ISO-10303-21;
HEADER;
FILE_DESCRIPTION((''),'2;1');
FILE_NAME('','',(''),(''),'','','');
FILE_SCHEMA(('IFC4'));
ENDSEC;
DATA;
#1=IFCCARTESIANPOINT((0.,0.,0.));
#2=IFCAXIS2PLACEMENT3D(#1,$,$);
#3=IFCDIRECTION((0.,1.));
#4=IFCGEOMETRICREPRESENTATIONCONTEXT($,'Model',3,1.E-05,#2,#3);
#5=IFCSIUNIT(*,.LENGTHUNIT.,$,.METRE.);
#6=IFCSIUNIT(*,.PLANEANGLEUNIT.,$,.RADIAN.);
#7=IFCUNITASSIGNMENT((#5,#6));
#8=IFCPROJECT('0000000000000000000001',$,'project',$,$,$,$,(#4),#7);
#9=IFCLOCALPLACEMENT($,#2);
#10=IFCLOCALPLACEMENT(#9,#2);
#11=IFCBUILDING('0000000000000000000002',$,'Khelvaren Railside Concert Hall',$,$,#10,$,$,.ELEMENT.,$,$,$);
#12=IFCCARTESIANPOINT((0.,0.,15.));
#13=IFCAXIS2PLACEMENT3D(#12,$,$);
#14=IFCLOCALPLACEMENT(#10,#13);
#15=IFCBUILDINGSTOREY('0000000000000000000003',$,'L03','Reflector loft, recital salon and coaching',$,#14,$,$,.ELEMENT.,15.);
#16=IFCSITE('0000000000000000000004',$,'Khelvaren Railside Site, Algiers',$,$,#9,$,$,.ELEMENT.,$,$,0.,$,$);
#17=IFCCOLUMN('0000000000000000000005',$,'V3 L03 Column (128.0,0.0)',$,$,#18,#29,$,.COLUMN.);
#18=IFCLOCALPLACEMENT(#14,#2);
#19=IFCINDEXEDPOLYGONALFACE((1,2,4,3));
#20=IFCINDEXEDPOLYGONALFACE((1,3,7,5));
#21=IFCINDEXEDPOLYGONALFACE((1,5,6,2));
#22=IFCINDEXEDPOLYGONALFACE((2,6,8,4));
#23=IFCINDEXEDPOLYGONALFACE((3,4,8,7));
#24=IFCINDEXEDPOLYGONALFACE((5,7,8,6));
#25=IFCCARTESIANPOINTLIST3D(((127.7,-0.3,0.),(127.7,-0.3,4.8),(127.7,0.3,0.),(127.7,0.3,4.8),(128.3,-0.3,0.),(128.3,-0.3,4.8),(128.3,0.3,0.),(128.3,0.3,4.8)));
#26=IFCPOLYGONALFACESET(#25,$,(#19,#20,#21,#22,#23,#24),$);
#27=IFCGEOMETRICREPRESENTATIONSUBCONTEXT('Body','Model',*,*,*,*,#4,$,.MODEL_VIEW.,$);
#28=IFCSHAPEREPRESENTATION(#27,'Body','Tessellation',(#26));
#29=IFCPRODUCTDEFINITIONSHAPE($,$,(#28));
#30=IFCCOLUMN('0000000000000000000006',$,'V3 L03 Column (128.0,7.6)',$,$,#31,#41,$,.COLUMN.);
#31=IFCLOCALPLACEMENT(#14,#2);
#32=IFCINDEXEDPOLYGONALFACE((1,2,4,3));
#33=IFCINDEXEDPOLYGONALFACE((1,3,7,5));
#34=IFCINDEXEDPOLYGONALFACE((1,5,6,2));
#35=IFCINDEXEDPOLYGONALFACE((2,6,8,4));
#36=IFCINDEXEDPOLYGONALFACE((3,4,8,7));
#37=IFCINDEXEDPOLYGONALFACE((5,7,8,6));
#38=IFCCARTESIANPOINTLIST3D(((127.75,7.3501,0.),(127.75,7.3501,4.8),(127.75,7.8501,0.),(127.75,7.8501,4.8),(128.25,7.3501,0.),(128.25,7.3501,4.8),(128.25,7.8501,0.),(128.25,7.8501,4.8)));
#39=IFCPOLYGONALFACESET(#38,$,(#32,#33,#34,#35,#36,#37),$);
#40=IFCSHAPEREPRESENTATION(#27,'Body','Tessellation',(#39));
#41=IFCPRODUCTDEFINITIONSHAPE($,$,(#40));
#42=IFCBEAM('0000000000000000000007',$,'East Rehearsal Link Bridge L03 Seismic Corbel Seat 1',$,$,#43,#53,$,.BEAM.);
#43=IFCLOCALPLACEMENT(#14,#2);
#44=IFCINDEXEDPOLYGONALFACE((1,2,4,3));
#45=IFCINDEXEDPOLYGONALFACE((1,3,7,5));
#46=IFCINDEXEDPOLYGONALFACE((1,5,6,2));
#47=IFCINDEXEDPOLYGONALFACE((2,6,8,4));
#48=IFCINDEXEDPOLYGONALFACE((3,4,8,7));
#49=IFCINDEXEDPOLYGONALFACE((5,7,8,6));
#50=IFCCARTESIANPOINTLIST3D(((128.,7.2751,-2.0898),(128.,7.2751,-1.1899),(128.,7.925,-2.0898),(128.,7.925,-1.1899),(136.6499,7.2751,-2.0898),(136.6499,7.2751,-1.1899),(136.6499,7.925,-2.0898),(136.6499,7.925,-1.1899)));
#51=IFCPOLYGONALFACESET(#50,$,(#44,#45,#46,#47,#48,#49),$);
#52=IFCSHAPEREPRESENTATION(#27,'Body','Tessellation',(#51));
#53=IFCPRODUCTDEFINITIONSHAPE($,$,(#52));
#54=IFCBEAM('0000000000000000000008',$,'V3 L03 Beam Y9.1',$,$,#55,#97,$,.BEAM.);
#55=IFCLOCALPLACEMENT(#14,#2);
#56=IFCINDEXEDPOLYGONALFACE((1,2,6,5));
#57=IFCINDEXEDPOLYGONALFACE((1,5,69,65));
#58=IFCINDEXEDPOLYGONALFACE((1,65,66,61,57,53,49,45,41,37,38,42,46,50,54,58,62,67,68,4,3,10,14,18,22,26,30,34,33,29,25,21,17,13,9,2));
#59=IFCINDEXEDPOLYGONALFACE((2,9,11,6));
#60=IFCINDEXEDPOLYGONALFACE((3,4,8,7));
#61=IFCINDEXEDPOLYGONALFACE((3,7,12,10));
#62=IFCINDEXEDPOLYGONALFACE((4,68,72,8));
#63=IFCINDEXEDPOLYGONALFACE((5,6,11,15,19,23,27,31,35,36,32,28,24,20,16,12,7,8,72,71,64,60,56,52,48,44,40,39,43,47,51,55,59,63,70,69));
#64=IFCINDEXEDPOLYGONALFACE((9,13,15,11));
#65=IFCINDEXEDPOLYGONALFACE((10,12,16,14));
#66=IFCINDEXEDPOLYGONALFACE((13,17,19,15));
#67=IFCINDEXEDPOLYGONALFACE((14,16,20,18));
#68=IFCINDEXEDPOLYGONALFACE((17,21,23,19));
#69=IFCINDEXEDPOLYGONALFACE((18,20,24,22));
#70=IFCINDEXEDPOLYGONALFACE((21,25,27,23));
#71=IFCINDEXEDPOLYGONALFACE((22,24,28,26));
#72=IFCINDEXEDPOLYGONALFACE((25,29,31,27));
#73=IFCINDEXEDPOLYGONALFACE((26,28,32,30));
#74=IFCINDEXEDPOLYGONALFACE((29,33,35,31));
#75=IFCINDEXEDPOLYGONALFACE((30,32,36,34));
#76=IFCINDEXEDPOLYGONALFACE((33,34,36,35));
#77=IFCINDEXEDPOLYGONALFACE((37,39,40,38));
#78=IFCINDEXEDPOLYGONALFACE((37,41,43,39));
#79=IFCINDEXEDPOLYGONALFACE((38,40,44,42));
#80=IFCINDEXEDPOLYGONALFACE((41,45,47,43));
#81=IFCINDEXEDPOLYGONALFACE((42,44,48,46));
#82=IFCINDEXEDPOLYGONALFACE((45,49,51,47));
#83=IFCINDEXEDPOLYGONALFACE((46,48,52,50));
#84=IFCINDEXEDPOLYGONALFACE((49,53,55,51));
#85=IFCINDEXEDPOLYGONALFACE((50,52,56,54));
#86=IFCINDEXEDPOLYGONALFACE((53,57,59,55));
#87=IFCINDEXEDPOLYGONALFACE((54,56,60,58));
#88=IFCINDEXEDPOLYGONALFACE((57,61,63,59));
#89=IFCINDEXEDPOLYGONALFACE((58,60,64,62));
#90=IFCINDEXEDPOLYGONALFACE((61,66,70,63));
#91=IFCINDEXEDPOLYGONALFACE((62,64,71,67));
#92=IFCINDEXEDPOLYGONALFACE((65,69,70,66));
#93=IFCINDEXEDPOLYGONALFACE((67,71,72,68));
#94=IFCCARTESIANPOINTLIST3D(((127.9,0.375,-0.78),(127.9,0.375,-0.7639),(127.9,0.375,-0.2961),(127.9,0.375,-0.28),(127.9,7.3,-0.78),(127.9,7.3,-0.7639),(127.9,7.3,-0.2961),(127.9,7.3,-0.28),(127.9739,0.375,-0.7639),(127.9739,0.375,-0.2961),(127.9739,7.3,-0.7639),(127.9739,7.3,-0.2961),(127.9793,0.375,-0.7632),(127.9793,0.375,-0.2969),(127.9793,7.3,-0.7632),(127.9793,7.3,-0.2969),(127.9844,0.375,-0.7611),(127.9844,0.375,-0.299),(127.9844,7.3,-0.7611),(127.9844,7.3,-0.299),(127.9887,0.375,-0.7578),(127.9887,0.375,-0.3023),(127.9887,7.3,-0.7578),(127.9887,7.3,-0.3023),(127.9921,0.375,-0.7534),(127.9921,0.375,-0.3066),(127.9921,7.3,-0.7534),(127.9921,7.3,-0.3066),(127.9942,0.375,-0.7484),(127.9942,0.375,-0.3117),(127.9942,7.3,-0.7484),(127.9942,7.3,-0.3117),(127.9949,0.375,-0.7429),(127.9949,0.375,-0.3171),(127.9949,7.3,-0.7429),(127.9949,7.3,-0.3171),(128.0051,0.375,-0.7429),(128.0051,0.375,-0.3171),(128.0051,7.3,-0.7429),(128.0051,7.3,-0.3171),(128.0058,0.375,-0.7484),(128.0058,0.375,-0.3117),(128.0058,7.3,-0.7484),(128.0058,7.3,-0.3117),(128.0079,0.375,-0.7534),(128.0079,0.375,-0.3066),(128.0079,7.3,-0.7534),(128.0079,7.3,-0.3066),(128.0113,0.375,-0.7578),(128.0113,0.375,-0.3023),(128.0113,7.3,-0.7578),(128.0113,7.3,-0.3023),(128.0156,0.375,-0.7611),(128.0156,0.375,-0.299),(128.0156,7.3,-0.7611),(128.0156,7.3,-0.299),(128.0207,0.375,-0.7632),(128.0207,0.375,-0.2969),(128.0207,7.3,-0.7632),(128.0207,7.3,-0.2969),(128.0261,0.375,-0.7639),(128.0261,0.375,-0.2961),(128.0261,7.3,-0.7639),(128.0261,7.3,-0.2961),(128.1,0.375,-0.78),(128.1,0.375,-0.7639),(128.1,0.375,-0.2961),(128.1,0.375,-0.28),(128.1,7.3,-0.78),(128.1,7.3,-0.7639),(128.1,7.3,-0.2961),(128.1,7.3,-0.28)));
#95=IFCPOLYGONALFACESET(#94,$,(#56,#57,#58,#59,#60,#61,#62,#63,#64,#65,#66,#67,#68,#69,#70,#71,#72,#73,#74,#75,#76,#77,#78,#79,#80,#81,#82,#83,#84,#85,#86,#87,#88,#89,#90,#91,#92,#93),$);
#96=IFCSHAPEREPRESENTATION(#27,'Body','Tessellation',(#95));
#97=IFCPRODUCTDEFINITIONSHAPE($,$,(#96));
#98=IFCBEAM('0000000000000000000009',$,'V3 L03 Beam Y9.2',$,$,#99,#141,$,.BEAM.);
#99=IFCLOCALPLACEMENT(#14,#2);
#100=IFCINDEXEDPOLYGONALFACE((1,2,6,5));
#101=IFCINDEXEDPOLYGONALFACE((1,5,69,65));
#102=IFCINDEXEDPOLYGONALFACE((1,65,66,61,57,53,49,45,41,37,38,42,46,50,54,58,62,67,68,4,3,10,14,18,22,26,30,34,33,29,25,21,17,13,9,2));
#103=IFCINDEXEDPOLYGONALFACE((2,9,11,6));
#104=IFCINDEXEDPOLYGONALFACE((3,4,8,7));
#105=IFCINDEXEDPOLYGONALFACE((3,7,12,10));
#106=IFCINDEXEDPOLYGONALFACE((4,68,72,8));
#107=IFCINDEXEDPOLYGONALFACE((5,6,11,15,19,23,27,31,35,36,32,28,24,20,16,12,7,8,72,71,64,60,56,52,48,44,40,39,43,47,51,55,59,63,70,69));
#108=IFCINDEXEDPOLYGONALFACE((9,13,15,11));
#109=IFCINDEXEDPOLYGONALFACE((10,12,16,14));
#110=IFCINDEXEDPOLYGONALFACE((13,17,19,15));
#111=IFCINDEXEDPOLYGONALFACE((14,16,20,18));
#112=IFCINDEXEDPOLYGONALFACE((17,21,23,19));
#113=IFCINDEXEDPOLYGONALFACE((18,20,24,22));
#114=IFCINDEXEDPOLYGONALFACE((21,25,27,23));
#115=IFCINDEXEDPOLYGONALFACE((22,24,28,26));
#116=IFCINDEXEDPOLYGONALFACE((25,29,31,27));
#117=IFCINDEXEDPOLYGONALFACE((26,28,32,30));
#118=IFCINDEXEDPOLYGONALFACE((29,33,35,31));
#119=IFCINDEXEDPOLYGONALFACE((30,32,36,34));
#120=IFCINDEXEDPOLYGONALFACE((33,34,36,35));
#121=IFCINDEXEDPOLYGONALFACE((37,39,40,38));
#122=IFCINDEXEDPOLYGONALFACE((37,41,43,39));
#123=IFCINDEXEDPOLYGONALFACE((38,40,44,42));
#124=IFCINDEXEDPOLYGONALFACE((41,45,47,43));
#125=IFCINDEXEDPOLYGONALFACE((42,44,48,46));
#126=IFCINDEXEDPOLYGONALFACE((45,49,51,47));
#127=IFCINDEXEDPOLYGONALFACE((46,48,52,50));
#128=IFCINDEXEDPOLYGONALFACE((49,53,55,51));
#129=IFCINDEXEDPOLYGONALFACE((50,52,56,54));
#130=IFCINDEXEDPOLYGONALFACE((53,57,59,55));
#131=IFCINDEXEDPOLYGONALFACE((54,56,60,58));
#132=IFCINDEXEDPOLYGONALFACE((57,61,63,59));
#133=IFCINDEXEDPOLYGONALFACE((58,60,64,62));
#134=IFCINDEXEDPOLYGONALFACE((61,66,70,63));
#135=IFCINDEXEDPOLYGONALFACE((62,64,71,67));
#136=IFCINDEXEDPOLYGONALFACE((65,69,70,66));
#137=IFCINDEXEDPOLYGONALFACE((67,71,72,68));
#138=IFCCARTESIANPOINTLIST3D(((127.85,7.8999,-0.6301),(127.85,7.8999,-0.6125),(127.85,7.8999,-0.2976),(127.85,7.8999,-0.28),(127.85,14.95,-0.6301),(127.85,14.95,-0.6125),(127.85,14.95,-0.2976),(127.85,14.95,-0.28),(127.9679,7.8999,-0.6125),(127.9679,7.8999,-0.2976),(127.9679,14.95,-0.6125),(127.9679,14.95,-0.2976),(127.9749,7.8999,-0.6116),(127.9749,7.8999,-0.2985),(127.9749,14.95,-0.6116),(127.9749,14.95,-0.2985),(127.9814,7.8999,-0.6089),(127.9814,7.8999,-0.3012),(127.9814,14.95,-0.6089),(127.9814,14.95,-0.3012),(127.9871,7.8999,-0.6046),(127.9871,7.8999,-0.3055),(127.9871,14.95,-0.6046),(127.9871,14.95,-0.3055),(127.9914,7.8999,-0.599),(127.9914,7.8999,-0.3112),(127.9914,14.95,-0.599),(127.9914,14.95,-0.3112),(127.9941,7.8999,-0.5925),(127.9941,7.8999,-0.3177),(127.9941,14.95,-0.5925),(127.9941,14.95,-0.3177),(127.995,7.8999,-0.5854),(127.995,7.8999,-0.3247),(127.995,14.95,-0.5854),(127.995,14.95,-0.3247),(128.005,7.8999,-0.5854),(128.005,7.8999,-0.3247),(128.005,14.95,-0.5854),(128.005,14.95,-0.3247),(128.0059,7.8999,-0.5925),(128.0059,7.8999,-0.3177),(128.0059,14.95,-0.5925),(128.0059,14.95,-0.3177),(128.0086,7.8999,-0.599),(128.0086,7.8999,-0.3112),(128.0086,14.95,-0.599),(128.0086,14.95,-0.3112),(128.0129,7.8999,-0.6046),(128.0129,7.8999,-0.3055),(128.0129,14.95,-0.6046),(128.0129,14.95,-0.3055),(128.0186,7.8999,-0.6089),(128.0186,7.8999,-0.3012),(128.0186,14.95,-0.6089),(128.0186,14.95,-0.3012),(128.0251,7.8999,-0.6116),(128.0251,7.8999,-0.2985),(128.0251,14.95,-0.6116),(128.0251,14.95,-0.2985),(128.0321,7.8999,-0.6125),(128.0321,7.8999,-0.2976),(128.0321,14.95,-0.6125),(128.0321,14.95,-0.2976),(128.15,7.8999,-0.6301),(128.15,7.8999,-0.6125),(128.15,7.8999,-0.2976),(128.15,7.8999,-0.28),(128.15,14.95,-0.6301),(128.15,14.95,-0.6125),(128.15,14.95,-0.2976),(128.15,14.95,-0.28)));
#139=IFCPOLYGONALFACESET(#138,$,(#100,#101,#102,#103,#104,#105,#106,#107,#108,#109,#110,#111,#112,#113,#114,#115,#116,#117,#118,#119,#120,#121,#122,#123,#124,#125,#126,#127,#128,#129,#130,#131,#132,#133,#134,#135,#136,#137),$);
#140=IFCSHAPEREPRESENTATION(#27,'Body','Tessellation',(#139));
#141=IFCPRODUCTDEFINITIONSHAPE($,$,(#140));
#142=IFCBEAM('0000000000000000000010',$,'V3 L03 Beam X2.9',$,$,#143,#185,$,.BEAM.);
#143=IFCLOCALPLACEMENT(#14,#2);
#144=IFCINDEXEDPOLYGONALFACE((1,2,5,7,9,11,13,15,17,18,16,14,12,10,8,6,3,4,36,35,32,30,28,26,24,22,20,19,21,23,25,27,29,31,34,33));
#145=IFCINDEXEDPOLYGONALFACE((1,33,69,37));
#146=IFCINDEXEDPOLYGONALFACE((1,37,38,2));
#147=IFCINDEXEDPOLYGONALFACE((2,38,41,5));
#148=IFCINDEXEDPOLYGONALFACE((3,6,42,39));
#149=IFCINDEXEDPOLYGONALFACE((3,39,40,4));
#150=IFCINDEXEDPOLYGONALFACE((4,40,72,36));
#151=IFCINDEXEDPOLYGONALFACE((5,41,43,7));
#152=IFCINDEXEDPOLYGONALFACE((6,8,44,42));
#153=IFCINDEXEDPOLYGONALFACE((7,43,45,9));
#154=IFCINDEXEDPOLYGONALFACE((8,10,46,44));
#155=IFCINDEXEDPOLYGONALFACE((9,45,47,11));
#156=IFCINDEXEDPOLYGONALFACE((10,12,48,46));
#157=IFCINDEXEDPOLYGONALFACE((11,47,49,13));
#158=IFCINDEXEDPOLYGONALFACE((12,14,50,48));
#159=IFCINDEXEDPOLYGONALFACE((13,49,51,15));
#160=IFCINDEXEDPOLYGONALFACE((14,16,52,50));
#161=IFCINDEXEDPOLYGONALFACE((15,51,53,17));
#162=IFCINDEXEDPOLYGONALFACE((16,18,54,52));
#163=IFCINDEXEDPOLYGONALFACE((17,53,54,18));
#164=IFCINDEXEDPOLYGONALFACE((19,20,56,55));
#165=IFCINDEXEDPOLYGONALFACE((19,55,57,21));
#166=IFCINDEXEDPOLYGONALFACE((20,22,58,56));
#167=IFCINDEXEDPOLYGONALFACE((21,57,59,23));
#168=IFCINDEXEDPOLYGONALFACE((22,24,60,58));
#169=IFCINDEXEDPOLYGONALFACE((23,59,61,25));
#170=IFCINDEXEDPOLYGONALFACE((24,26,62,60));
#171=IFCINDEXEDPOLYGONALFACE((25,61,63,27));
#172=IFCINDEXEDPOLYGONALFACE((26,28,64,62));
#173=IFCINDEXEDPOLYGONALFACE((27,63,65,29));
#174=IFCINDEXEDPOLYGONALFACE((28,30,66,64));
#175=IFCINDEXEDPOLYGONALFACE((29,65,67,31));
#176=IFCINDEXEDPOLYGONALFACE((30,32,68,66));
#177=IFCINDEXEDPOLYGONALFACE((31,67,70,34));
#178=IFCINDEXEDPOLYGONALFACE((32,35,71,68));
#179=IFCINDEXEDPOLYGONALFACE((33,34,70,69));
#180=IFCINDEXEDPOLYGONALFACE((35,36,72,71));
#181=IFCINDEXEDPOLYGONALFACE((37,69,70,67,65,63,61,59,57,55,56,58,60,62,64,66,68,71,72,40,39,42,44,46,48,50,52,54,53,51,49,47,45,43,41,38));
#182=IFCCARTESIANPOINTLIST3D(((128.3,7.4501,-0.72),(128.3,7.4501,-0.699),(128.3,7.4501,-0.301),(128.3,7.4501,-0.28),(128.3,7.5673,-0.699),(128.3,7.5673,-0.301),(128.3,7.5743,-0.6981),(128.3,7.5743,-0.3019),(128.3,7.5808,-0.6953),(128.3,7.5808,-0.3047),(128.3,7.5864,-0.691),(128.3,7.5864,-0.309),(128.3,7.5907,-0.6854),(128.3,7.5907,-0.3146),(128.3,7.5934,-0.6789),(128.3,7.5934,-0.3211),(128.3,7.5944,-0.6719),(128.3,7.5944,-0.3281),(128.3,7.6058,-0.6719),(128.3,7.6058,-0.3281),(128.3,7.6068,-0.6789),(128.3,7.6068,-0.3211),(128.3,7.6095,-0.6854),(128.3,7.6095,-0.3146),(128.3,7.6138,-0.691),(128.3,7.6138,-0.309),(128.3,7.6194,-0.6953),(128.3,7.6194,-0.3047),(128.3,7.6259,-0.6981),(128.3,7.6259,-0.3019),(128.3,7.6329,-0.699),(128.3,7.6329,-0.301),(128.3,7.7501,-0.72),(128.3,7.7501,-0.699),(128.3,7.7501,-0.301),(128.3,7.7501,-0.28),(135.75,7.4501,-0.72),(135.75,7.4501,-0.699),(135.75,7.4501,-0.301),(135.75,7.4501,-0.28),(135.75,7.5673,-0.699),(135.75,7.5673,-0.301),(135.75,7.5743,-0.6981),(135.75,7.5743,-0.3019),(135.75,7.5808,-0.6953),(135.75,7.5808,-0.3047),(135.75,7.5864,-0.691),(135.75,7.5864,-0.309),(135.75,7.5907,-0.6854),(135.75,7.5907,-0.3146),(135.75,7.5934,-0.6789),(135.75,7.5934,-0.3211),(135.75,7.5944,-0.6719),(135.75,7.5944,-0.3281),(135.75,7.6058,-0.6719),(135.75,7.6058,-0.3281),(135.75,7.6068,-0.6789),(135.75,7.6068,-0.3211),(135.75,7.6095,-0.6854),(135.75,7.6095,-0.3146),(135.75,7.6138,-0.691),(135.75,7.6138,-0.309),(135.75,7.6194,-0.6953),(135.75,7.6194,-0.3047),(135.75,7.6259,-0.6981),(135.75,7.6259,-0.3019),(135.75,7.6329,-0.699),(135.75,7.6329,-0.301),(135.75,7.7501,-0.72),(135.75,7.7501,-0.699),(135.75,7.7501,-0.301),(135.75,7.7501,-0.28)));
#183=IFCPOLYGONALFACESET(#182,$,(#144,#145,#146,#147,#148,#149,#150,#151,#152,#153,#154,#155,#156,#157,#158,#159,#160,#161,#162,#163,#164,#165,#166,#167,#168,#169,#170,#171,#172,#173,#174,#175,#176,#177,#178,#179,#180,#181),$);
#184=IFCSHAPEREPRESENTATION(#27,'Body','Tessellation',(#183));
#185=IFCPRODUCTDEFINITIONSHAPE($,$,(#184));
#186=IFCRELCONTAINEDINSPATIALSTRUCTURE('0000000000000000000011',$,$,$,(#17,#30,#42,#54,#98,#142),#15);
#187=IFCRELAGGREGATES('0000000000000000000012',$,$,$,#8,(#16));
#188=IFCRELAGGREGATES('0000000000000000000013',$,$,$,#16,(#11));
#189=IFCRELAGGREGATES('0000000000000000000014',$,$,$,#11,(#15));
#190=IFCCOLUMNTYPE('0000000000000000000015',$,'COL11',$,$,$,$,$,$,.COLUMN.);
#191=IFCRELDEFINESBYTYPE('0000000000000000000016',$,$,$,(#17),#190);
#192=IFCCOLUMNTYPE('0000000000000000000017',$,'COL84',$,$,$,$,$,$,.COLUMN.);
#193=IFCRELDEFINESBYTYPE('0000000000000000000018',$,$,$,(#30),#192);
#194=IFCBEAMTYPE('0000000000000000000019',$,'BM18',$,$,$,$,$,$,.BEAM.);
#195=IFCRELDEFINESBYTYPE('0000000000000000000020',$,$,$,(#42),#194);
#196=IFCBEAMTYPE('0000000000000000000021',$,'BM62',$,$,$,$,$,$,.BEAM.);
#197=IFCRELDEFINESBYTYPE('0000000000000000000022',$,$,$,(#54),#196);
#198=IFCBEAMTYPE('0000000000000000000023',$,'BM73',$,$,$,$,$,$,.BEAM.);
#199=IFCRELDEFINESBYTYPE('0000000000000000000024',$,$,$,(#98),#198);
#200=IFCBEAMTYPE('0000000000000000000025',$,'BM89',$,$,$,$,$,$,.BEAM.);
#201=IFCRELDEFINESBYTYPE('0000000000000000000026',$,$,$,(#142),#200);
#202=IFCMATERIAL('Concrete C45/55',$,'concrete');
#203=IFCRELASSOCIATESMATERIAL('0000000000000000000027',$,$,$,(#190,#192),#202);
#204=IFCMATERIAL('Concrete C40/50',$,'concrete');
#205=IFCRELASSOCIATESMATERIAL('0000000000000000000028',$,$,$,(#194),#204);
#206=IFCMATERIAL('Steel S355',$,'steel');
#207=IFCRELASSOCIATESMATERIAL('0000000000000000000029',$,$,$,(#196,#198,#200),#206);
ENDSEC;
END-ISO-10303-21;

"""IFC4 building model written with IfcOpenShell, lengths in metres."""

from ifc_helpers import new_model, si_unit, direction, frame, origin, origin_2d, place, context, subcontext, project, spatial, rectangle, i_section, extrude, material, material_profile, profile_set, type_object, element, save


model = new_model("IFC4")

# Units and contexts
model_context = context("Model", 3, precision=1e-05, world=origin(), true_north=direction((0.0, 1.0)))
body_context = subcontext(model_context, "Body", "Model", "MODEL_VIEW")
ifc_project = project(units=[si_unit("LENGTHUNIT", "METRE"), si_unit("PLANEANGLEUNIT", "RADIAN")], contexts=[model_context])

# Site, building, storey
site_placement = place(None, origin())
site = spatial("IfcSite", under=ifc_project, at=site_placement, Name="Khelvaren Railside Site, Algiers", CompositionType="ELEMENT", RefElevation=0.0)
building_placement = place(site_placement, origin())
building = spatial("IfcBuilding", under=site, at=building_placement, Name="Khelvaren Railside Concert Hall", CompositionType="ELEMENT")
storey_placement = place(building_placement, frame((0.0, 0.0, 15.0)))
storey = spatial("IfcBuildingStorey", under=building, at=storey_placement, Name="L03", Description="Reflector loft, recital salon and coaching", CompositionType="ELEMENT", Elevation=15.0)

# Columns
ifc_material_1 = material(Name="Concrete C45/55", Category="concrete")
ifc_material_profile_1 = material_profile(ifc_material_1, rectangle(XDim=0.6001, YDim=0.6001, at=origin_2d()), Name="RC 600x600")
ifc_profile_set_1 = profile_set([ifc_material_profile_1], Name="Concrete C45/55")
column_type_1 = type_object("IfcColumnType", Name="COL11", PredefinedType="COLUMN", material=ifc_profile_set_1)
column_1_placement = place(storey_placement, frame((128.0, 0.0, 0.0), z_axis=(0.0, 0.0, 1.0), x_axis=(1.0, 0.0, 0.0)))
element("IfcColumn", 1, at=column_1_placement, inside=storey, type_object=column_type_1, Name="V3 L03 Column (128.0,0.0)", PredefinedType="COLUMN", context=body_context, shape_type="SweptSolid", body=[
    extrude(rectangle(XDim=0.6001, YDim=0.6001, at=origin_2d()), origin(), (0.0, 0.0, 1.0), 4.8),
])
ifc_material_profile_2 = material_profile(ifc_material_1, rectangle(XDim=0.5, YDim=0.5, at=origin_2d()), Name="RC 500x500")
ifc_profile_set_2 = profile_set([ifc_material_profile_2], Name="Concrete C45/55")
column_type_2 = type_object("IfcColumnType", Name="COL84", PredefinedType="COLUMN", material=ifc_profile_set_2)
column_2_placement = place(storey_placement, frame((128.0, 7.6001, 0.0), z_axis=(0.0, 0.0, 1.0), x_axis=(1.0, 0.0, 0.0)))
element("IfcColumn", 2, at=column_2_placement, inside=storey, type_object=column_type_2, Name="V3 L03 Column (128.0,7.6)", PredefinedType="COLUMN", context=body_context, shape_type="SweptSolid", body=[
    extrude(rectangle(XDim=0.5, YDim=0.5, at=origin_2d()), origin(), (0.0, 0.0, 1.0), 4.8),
])

# Beams
ifc_material_2 = material(Name="Concrete C40/50", Category="concrete")
ifc_material_profile_3 = material_profile(ifc_material_2, rectangle(XDim=0.6499, YDim=0.8999, at=origin_2d()), Name="RCB 650x900")
ifc_profile_set_3 = profile_set([ifc_material_profile_3], Name="Concrete C40/50")
beam_type_1 = type_object("IfcBeamType", Name="BM18", PredefinedType="BEAM", material=ifc_profile_set_3)
beam_1_placement = place(storey_placement, frame((128.0, 7.6001, -1.6399), z_axis=(1.0, 0.0, 0.0), x_axis=(0.0, 1.0, 0.0)))
element("IfcBeam", 3, at=beam_1_placement, inside=storey, type_object=beam_type_1, Name="East Rehearsal Link Bridge L03 Seismic Corbel Seat 1", PredefinedType="BEAM", context=body_context, shape_type="SweptSolid", body=[
    extrude(rectangle(XDim=0.6499, YDim=0.8999, at=origin_2d()), origin(), (0.0, 0.0, 1.0), 8.6499),
])
ifc_material_3 = material(Name="Steel S355", Category="steel")
ifc_material_profile_4 = material_profile(ifc_material_3, i_section(OverallWidth=0.2, OverallDepth=0.5, WebThickness=0.0103, FlangeThickness=0.0161, FilletRadius=0.021, at=origin_2d()), Name="IPE 500")
ifc_profile_set_4 = profile_set([ifc_material_profile_4], Name="Steel S355")
beam_type_2 = type_object("IfcBeamType", Name="BM62", PredefinedType="BEAM", material=ifc_profile_set_4)
beam_2_placement = place(storey_placement, frame((128.0, 0.375, -0.53), z_axis=(0.0, 1.0, 0.0), x_axis=(-1.0, 0.0, 0.0)))
element("IfcBeam", 4, at=beam_2_placement, inside=storey, type_object=beam_type_2, Name="V3 L03 Beam Y9.1", PredefinedType="BEAM", context=body_context, shape_type="SweptSolid", body=[
    extrude(i_section(OverallWidth=0.2, OverallDepth=0.5, WebThickness=0.0103, FlangeThickness=0.0161, FilletRadius=0.021, at=origin_2d()), origin(), (0.0, 0.0, 1.0), 6.925),
])
ifc_material_profile_5 = material_profile(ifc_material_3, i_section(OverallWidth=0.3, OverallDepth=0.3501, WebThickness=0.01, FlangeThickness=0.0176, FilletRadius=0.0271, at=origin_2d()), Name="HEA 360")
ifc_profile_set_5 = profile_set([ifc_material_profile_5], Name="Steel S355")
beam_type_3 = type_object("IfcBeamType", Name="BM73", PredefinedType="BEAM", material=ifc_profile_set_5)
beam_3_placement = place(storey_placement, frame((128.0, 7.8999, -0.4551), z_axis=(0.0, 1.0, 0.0), x_axis=(-1.0, 0.0, 0.0)))
element("IfcBeam", 5, at=beam_3_placement, inside=storey, type_object=beam_type_3, Name="V3 L03 Beam Y9.2", PredefinedType="BEAM", context=body_context, shape_type="SweptSolid", body=[
    extrude(i_section(OverallWidth=0.3, OverallDepth=0.3501, WebThickness=0.01, FlangeThickness=0.0176, FilletRadius=0.0271, at=origin_2d()), origin(), (0.0, 0.0, 1.0), 7.05),
])
ifc_material_profile_6 = material_profile(ifc_material_3, i_section(OverallWidth=0.3, OverallDepth=0.4399, WebThickness=0.0115, FlangeThickness=0.021, FilletRadius=0.0271, at=origin_2d()), Name="HEA 450")
ifc_profile_set_6 = profile_set([ifc_material_profile_6], Name="Steel S355")
beam_type_4 = type_object("IfcBeamType", Name="BM89", PredefinedType="BEAM", material=ifc_profile_set_6)
beam_4_placement = place(storey_placement, frame((128.3, 7.6001, -0.5), z_axis=(1.0, 0.0, 0.0), x_axis=(0.0, 1.0, 0.0)))
element("IfcBeam", 6, at=beam_4_placement, inside=storey, type_object=beam_type_4, Name="V3 L03 Beam X2.9", PredefinedType="BEAM", context=body_context, shape_type="SweptSolid", body=[
    extrude(i_section(OverallWidth=0.3, OverallDepth=0.4399, WebThickness=0.0115, FlangeThickness=0.021, FilletRadius=0.0271, at=origin_2d()), origin(), (0.0, 0.0, 1.0), 7.45),
])

save(model, "model.ifc")
